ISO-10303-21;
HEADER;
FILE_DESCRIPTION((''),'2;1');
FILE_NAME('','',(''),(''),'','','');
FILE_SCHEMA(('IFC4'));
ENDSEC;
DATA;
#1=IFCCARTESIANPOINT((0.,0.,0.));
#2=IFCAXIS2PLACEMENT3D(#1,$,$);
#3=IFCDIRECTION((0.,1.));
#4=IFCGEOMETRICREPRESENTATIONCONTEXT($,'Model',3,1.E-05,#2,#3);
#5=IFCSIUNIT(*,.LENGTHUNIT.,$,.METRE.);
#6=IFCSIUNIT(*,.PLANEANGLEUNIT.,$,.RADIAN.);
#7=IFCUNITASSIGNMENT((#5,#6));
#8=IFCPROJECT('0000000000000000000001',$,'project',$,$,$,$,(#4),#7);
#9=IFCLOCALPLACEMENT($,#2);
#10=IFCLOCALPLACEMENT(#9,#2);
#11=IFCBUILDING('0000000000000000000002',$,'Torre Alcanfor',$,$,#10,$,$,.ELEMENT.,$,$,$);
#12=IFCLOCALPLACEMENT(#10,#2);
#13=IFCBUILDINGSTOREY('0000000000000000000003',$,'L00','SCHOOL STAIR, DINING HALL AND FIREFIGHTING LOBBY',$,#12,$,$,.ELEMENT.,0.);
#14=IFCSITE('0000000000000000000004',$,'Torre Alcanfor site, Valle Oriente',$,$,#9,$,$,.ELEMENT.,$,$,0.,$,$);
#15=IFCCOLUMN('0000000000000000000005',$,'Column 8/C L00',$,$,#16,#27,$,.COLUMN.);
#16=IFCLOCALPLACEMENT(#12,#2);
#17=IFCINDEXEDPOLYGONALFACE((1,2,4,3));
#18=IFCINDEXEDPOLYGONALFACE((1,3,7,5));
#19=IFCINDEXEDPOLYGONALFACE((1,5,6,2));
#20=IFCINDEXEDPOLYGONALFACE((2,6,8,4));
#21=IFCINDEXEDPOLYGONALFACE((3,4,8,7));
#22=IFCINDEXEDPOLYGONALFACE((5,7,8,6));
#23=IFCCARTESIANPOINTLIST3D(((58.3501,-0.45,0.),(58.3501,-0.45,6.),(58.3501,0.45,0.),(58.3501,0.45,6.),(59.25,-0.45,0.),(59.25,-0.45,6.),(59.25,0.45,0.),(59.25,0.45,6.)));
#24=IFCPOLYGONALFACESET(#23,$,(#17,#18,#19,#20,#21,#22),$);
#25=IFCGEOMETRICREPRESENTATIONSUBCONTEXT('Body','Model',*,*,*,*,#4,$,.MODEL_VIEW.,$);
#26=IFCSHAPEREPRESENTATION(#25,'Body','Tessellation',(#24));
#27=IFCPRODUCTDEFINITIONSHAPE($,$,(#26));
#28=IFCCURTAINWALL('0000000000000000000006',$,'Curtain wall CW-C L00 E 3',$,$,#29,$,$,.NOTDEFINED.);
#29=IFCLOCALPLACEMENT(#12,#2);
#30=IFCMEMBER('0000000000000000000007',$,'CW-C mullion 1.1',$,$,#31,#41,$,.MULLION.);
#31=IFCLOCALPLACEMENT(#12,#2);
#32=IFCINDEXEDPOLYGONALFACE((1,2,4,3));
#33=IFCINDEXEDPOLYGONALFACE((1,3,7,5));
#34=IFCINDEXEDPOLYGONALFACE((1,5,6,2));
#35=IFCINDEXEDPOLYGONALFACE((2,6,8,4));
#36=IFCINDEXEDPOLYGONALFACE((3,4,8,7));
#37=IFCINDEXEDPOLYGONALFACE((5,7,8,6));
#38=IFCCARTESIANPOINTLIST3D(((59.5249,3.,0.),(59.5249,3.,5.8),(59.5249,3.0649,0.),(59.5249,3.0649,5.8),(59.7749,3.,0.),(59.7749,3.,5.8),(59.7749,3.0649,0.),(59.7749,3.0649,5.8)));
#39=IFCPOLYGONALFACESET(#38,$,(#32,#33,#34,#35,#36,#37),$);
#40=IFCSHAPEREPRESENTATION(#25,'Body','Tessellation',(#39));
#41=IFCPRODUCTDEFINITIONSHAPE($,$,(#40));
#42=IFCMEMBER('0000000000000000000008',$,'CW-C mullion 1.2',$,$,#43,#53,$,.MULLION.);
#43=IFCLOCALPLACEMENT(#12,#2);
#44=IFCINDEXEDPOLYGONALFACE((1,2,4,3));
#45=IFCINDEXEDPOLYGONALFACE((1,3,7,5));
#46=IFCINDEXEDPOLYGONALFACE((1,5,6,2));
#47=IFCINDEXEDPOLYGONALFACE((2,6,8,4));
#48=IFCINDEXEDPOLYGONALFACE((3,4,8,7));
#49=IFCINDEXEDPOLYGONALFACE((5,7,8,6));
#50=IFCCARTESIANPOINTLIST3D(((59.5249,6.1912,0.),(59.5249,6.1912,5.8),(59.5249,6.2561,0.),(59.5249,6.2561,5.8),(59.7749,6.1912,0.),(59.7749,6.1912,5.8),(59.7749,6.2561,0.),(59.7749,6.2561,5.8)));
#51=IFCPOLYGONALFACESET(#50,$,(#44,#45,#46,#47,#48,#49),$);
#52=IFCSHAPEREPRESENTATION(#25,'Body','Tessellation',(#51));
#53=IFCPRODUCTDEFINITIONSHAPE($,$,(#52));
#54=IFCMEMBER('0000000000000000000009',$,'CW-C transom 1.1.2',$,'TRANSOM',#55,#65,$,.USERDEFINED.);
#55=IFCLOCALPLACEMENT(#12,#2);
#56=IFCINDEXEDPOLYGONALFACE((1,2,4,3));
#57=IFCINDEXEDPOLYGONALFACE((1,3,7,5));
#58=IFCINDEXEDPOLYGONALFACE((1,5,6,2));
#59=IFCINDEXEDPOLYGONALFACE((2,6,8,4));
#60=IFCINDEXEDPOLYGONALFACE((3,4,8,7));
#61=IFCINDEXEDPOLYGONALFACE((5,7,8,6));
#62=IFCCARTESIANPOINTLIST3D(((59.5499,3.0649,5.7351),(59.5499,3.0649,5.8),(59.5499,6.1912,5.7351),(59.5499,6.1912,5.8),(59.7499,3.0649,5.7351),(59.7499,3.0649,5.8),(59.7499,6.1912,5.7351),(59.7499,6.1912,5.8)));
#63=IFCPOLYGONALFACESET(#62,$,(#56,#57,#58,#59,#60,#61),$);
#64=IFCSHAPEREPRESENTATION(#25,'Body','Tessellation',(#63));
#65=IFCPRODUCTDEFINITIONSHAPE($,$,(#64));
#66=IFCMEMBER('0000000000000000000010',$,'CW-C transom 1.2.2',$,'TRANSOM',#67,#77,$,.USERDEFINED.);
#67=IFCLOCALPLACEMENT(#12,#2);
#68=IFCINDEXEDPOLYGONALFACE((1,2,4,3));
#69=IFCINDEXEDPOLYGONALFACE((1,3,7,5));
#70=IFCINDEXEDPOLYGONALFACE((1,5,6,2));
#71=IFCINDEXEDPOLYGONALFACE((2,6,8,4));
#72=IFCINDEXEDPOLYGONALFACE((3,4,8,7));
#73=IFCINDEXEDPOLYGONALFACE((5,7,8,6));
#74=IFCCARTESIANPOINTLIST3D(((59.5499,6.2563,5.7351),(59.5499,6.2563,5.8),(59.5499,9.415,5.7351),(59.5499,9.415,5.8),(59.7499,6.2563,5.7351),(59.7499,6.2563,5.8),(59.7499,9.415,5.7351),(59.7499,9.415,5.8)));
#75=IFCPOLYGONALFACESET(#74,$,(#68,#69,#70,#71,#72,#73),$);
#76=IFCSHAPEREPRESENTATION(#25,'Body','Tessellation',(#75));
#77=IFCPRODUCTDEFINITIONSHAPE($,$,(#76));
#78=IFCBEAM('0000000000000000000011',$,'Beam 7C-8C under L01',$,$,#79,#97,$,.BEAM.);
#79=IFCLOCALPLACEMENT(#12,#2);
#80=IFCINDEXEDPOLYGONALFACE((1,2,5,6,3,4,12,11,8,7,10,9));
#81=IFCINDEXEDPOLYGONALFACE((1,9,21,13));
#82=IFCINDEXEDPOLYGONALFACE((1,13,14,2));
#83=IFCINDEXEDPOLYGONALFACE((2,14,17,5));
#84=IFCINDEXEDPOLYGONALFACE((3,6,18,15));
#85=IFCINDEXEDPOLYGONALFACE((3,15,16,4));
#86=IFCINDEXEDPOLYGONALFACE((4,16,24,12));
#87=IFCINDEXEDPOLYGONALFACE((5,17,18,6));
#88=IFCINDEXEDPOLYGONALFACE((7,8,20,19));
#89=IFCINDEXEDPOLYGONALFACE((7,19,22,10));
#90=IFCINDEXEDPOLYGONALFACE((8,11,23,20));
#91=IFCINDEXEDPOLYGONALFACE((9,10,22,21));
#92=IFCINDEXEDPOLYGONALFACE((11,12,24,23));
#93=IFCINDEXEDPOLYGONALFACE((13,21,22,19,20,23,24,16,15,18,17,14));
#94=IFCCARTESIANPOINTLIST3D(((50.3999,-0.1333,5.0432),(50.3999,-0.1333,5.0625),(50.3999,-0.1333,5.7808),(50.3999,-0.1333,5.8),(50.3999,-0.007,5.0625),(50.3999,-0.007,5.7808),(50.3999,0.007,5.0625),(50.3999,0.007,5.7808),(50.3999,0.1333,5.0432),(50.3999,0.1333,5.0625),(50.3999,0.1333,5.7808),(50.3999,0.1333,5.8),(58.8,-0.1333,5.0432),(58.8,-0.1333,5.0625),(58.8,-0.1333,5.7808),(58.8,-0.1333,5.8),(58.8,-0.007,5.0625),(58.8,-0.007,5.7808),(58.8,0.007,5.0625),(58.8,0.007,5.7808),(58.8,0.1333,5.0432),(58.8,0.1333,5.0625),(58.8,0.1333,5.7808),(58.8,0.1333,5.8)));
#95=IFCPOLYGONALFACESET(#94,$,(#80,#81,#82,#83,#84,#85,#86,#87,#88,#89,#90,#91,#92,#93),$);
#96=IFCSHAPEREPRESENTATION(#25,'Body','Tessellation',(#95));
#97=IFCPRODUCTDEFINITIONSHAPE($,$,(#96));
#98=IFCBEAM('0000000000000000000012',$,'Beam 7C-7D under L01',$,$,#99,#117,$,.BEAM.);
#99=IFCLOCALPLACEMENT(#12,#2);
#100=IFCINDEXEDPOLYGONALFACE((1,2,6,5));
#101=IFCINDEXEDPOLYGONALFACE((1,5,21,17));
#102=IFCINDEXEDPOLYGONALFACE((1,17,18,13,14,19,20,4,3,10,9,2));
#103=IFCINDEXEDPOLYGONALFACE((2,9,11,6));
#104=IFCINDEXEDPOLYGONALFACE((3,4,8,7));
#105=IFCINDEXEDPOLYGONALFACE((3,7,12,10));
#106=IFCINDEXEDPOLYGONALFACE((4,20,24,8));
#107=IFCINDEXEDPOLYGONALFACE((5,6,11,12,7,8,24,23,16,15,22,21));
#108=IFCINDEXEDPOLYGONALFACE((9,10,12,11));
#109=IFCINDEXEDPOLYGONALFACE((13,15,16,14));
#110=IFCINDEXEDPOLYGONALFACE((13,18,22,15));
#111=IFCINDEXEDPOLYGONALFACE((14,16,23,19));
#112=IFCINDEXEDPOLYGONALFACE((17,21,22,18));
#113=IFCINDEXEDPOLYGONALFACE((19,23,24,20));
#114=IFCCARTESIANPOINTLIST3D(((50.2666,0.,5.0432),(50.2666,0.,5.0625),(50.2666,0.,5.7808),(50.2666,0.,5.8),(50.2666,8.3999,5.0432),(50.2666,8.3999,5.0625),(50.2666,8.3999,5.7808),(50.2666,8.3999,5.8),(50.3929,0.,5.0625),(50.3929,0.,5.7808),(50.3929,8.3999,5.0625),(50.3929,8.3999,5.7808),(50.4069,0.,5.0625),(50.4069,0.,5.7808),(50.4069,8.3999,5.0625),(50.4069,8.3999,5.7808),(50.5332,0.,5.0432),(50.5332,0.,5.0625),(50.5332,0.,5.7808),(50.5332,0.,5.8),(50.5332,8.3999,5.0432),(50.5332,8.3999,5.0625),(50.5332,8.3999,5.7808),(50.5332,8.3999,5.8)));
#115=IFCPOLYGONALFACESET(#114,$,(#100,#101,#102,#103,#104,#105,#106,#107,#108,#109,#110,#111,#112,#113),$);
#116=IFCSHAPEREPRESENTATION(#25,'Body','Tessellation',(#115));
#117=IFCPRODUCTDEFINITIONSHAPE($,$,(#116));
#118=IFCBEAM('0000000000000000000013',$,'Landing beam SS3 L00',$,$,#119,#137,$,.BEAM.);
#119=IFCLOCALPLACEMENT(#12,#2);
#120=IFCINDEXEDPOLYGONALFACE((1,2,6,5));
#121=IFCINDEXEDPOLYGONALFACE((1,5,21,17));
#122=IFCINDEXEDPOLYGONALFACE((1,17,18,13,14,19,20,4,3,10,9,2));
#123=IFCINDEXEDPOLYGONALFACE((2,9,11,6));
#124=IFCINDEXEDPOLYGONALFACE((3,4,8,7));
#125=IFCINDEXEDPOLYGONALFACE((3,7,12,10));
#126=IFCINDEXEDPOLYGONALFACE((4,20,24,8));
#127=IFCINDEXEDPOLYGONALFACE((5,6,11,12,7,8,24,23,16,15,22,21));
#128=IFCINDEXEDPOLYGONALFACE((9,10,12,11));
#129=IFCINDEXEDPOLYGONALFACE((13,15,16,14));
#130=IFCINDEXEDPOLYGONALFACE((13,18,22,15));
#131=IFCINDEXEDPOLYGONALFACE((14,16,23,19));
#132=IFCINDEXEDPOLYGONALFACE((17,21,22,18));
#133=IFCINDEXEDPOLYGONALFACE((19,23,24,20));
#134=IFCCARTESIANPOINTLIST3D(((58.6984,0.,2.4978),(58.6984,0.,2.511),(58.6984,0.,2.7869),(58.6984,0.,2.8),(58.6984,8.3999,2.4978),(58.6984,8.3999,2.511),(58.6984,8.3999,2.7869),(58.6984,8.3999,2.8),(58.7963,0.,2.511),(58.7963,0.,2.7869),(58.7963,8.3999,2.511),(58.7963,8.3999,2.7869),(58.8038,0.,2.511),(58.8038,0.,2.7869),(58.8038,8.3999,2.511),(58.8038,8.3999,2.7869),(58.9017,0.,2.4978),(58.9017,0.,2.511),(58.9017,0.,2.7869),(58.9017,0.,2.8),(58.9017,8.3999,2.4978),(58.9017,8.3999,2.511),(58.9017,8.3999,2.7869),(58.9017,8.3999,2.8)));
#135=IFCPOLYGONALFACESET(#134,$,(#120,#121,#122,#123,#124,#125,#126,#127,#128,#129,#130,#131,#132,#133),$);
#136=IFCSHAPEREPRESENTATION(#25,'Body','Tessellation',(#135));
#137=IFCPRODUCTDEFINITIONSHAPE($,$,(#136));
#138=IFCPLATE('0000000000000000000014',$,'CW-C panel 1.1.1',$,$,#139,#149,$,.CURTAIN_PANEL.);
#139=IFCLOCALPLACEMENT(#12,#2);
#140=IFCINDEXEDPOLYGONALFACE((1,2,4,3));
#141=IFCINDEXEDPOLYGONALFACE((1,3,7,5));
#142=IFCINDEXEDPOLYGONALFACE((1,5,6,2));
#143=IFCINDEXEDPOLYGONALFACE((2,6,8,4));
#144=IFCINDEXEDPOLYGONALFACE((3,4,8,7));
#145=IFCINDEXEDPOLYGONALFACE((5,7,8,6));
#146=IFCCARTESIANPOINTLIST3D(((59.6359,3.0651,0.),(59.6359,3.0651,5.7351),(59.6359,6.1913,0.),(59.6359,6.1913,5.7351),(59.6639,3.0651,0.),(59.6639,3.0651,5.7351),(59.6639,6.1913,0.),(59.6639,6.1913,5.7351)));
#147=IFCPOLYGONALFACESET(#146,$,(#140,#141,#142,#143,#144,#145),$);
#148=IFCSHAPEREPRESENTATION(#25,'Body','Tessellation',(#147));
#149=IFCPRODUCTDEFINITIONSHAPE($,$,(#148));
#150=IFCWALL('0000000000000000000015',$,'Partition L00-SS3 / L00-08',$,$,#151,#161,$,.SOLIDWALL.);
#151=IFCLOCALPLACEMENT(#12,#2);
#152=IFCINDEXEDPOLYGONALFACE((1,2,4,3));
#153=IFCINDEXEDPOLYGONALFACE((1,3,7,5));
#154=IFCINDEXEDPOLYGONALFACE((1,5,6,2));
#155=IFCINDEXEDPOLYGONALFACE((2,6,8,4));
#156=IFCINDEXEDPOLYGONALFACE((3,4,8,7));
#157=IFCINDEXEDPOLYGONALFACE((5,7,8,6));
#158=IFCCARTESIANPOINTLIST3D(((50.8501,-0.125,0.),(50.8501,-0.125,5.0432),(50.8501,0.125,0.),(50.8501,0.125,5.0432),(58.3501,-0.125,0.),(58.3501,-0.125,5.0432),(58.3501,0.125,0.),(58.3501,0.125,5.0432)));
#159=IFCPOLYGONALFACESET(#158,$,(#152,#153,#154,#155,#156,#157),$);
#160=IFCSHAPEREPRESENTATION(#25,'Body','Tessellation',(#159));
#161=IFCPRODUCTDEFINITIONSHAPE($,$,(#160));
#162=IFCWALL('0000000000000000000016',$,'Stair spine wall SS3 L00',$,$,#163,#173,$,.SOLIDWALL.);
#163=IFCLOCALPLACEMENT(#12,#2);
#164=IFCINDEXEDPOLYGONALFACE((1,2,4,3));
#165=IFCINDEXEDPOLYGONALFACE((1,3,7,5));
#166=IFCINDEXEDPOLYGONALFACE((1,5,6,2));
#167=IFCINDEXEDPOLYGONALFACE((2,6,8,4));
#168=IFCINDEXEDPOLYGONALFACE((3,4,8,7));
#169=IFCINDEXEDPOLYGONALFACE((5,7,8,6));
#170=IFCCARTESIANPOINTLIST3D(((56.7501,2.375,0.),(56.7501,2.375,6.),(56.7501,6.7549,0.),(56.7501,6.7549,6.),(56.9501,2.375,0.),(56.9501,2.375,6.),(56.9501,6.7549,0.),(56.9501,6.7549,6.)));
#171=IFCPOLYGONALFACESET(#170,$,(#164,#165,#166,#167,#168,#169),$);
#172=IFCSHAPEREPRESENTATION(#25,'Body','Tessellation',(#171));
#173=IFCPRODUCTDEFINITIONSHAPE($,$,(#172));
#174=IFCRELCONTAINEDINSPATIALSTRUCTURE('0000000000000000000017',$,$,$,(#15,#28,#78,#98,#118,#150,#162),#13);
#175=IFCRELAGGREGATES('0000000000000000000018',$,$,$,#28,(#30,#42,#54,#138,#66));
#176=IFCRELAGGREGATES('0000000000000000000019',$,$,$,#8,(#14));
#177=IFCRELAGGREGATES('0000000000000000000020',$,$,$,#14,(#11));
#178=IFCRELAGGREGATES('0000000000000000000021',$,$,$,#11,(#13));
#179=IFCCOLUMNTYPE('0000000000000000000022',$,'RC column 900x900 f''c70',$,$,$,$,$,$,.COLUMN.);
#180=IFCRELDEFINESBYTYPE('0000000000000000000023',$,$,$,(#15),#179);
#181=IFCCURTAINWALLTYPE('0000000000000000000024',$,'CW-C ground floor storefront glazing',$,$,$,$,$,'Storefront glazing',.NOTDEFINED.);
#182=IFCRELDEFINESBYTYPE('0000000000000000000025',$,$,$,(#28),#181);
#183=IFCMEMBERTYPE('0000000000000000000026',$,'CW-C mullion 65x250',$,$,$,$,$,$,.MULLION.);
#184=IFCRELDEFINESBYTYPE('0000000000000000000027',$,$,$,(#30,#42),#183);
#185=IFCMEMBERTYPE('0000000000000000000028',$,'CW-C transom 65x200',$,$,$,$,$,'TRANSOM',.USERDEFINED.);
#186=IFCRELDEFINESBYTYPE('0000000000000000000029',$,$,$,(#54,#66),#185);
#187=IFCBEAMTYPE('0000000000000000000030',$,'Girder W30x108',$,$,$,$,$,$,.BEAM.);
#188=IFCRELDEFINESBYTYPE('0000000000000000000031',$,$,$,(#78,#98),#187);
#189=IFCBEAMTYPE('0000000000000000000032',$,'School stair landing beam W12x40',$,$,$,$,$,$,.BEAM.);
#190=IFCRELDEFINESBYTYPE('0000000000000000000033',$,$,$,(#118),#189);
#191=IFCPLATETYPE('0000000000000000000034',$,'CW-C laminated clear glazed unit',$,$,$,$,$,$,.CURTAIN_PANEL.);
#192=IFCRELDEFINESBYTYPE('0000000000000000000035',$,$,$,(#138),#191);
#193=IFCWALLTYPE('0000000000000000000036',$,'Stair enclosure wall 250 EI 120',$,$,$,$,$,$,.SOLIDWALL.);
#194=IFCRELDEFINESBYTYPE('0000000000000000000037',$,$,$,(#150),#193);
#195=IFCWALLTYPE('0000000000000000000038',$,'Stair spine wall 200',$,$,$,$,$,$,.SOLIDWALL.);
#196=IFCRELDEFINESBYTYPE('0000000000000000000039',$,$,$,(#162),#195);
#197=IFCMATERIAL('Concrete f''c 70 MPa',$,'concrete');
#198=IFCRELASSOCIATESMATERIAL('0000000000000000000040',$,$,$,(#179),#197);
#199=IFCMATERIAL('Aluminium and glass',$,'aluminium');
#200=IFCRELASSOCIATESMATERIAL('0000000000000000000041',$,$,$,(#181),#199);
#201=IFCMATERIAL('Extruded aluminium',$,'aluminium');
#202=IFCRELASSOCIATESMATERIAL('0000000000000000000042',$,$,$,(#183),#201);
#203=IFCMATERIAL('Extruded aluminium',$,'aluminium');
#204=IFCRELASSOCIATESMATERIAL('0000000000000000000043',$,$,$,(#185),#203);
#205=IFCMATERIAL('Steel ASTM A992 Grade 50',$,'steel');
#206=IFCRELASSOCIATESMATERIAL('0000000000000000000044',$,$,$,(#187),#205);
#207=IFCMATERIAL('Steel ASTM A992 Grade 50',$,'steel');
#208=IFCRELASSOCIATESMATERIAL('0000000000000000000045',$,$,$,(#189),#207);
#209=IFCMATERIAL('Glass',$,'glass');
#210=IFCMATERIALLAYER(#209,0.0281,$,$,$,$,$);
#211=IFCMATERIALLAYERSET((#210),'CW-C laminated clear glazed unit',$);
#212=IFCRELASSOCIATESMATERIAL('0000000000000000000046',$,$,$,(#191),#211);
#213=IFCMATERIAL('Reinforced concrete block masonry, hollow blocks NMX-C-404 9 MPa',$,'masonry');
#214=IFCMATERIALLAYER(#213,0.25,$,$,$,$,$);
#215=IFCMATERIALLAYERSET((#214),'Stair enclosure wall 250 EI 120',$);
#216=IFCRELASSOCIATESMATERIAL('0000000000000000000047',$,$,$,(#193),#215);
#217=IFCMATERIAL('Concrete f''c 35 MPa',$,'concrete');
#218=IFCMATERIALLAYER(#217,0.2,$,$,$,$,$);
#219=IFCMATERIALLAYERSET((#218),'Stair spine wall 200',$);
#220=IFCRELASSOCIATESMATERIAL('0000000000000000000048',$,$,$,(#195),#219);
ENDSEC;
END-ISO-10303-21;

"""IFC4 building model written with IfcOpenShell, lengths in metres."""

from ifc_helpers import new_model, si_unit, direction, frame, frame_2d, origin, origin_2d, place, context, subcontext, project, spatial, rectangle, i_section, extrude, material, layer, layer_set, material_profile, profile_set, type_object, element, aggregate, save


model = new_model("IFC4")

# Units and contexts
model_context = context("Model", 3, precision=1e-05, world=origin(), true_north=direction((0.0, 1.0)))
body_context = subcontext(model_context, "Body", "Model", "MODEL_VIEW")
ifc_project = project(units=[si_unit("LENGTHUNIT", "METRE"), si_unit("PLANEANGLEUNIT", "RADIAN")], contexts=[model_context])

# Site, building, storey
site_placement = place(None, origin())
site = spatial("IfcSite", under=ifc_project, at=site_placement, Name="Torre Alcanfor site, Valle Oriente", CompositionType="ELEMENT", RefElevation=0.0)
building_placement = place(site_placement, origin())
building = spatial("IfcBuilding", under=site, at=building_placement, Name="Torre Alcanfor", CompositionType="ELEMENT")
storey_placement = place(building_placement, origin())
storey = spatial("IfcBuildingStorey", under=building, at=storey_placement, Name="L00", Description="SCHOOL STAIR, DINING HALL AND FIREFIGHTING LOBBY", CompositionType="ELEMENT", Elevation=0.0)

# Column
ifc_material_1 = material(Name="Concrete f'c 70 MPa", Category="concrete")
ifc_material_profile_1 = material_profile(ifc_material_1, rectangle(XDim=0.8999, YDim=0.8999, at=origin_2d()), Name="900x900")
ifc_profile_set_1 = profile_set([ifc_material_profile_1], Name="Concrete f'c 70 MPa")
column_type = type_object("IfcColumnType", Name="RC column 900x900 f'c70", PredefinedType="COLUMN", material=ifc_profile_set_1)
column_placement = place(storey_placement, frame((58.8, 0.0, 0.0), z_axis=(0.0, 0.0, 1.0), x_axis=(1.0, 0.0, 0.0)))
element("IfcColumn", 1, at=column_placement, inside=storey, type_object=column_type, Name="Column 8/C L00", PredefinedType="COLUMN", context=body_context, shape_type="SweptSolid", body=[
    extrude(rectangle(XDim=0.8999, YDim=0.8999, at=origin_2d()), origin(), (0.0, 0.0, 1.0), 6.0),
])

# Curtain wall, members
ifc_material_2 = material(Name="Aluminium and glass", Category="aluminium")
curtain_wall_type = type_object("IfcCurtainWallType", Name="CW-C ground floor storefront glazing", ElementType="Storefront glazing", PredefinedType="NOTDEFINED", material=ifc_material_2)
curtain_wall_placement = place(storey_placement, origin())
curtain_wall = element("IfcCurtainWall", 2, at=curtain_wall_placement, inside=storey, type_object=curtain_wall_type, Name="Curtain wall CW-C L00 E 3", PredefinedType="NOTDEFINED")
ifc_material_3 = material(Name="Extruded aluminium", Category="aluminium")
ifc_material_profile_2 = material_profile(ifc_material_3, rectangle(XDim=0.25, YDim=0.0649, at=origin_2d()), Name="CW-C mullion 65x250")
ifc_profile_set_2 = profile_set([ifc_material_profile_2], Name="Extruded aluminium")
member_type_1 = type_object("IfcMemberType", Name="CW-C mullion 65x250", PredefinedType="MULLION", material=ifc_profile_set_2)
member_1_placement = place(storey_placement, frame((59.6499, 3.0325, 0.0), z_axis=(0.0, 0.0, 1.0), x_axis=(-1.0, 0.0, 0.0)))
member_1 = element("IfcMember", 3, at=member_1_placement, type_object=member_type_1, Name="CW-C mullion 1.1", PredefinedType="MULLION", context=body_context, shape_type="SweptSolid", body=[
    extrude(rectangle(XDim=0.25, YDim=0.0649, at=origin_2d()), origin(), (0.0, 0.0, 1.0), 5.8),
])
member_2_placement = place(storey_placement, frame((59.6499, 6.2236, 0.0), z_axis=(0.0, 0.0, 1.0), x_axis=(-1.0, 0.0, 0.0)))
member_2 = element("IfcMember", 4, at=member_2_placement, type_object=member_type_1, Name="CW-C mullion 1.2", PredefinedType="MULLION", context=body_context, shape_type="SweptSolid", body=[
    extrude(rectangle(XDim=0.25, YDim=0.0649, at=origin_2d()), origin(), (0.0, 0.0, 1.0), 5.8),
])
ifc_material_4 = material(Name="Extruded aluminium", Category="aluminium")
ifc_material_profile_3 = material_profile(ifc_material_4, rectangle(XDim=0.2, YDim=0.0649, at=origin_2d()), Name="CW-C transom 200x65")
ifc_profile_set_3 = profile_set([ifc_material_profile_3], Name="Extruded aluminium")
member_type_2 = type_object("IfcMemberType", Name="CW-C transom 65x200", ElementType="TRANSOM", PredefinedType="USERDEFINED", material=ifc_profile_set_3)
member_3_placement = place(storey_placement, frame((59.6499, 3.0649, 5.7676), z_axis=(0.0, 1.0, 0.0), x_axis=(-1.0, 0.0, 0.0)))
member_3 = element("IfcMember", 5, at=member_3_placement, type_object=member_type_2, Name="CW-C transom 1.1.2", ObjectType="TRANSOM", PredefinedType="USERDEFINED", context=body_context, shape_type="SweptSolid", body=[
    extrude(rectangle(XDim=0.2, YDim=0.0649, at=origin_2d()), origin(), (0.0, 0.0, 1.0), 3.1262),
])
member_4_placement = place(storey_placement, frame((59.6499, 6.2563, 5.7676), z_axis=(0.0, 1.0, 0.0), x_axis=(-1.0, 0.0, 0.0)))
member_4 = element("IfcMember", 6, at=member_4_placement, type_object=member_type_2, Name="CW-C transom 1.2.2", ObjectType="TRANSOM", PredefinedType="USERDEFINED", context=body_context, shape_type="SweptSolid", body=[
    extrude(rectangle(XDim=0.2, YDim=0.0649, at=origin_2d()), origin(), (0.0, 0.0, 1.0), 3.1587),
])

# Beams
ifc_material_5 = material(Name="Steel ASTM A992 Grade 50", Category="steel")
ifc_material_profile_4 = material_profile(ifc_material_5, i_section(OverallWidth=0.2666, OverallDepth=0.7568, WebThickness=0.0139, FlangeThickness=0.0193, at=origin_2d()), Name="W30x108")
ifc_profile_set_4 = profile_set([ifc_material_profile_4], Name="Steel ASTM A992 Grade 50")
beam_type_1 = type_object("IfcBeamType", Name="Girder W30x108", PredefinedType="BEAM", material=ifc_profile_set_4)
beam_1_placement = place(storey_placement, frame((50.3999, 0.0, 5.4216), z_axis=(1.0, 0.0, 0.0), x_axis=(0.0, 1.0, 0.0)))
element("IfcBeam", 7, at=beam_1_placement, inside=storey, type_object=beam_type_1, Name="Beam 7C-8C under L01", PredefinedType="BEAM", context=body_context, shape_type="SweptSolid", body=[
    extrude(i_section(OverallWidth=0.2666, OverallDepth=0.7568, WebThickness=0.0139, FlangeThickness=0.0193, at=origin_2d()), origin(), (0.0, 0.0, 1.0), 8.4001),
])
beam_2_placement = place(storey_placement, frame((50.3999, 0.0, 5.4216), z_axis=(0.0, 1.0, 0.0), x_axis=(-1.0, 0.0, 0.0)))
element("IfcBeam", 8, at=beam_2_placement, inside=storey, type_object=beam_type_1, Name="Beam 7C-7D under L01", PredefinedType="BEAM", context=body_context, shape_type="SweptSolid", body=[
    extrude(i_section(OverallWidth=0.2666, OverallDepth=0.7568, WebThickness=0.0139, FlangeThickness=0.0193, at=origin_2d()), origin(), (0.0, 0.0, 1.0), 8.3999),
])
ifc_material_6 = material(Name="Steel ASTM A992 Grade 50", Category="steel")
ifc_material_profile_5 = material_profile(ifc_material_6, i_section(OverallWidth=0.2034, OverallDepth=0.3022, WebThickness=0.0076, FlangeThickness=0.0132, at=origin_2d()), Name="W12x40")
ifc_profile_set_5 = profile_set([ifc_material_profile_5], Name="Steel ASTM A992 Grade 50")
beam_type_2 = type_object("IfcBeamType", Name="School stair landing beam W12x40", PredefinedType="BEAM", material=ifc_profile_set_5)
beam_3_placement = place(storey_placement, frame((58.8, 0.0, 2.6489), z_axis=(0.0, 1.0, 0.0), x_axis=(-1.0, 0.0, 0.0)))
element("IfcBeam", 9, at=beam_3_placement, inside=storey, type_object=beam_type_2, Name="Landing beam SS3 L00", PredefinedType="BEAM", context=body_context, shape_type="SweptSolid", body=[
    extrude(i_section(OverallWidth=0.2034, OverallDepth=0.3022, WebThickness=0.0076, FlangeThickness=0.0132, at=origin_2d()), origin(), (0.0, 0.0, 1.0), 8.3999),
])

# Plate
ifc_material_7 = material(Name="Glass", Category="glass")
ifc_layer_1 = layer(ifc_material_7, 0.0281)
ifc_layer_set_1 = layer_set([ifc_layer_1], Name="CW-C laminated clear glazed unit")
plate_type = type_object("IfcPlateType", Name="CW-C laminated clear glazed unit", PredefinedType="CURTAIN_PANEL", material=ifc_layer_set_1)
plate_placement = place(storey_placement, frame((59.6499, 4.6282, 0.0), z_axis=(0.0, 0.0, 1.0), x_axis=(0.0, 1.0, 0.0)))
plate = element("IfcPlate", 10, at=plate_placement, type_object=plate_type, Name="CW-C panel 1.1.1", PredefinedType="CURTAIN_PANEL", context=body_context, shape_type="SweptSolid", body=[
    extrude(rectangle(XDim=3.1262, YDim=0.0281, at=origin_2d()), origin(), (0.0, 0.0, 1.0), 5.7351),
])
aggregate(curtain_wall, [member_1, member_2, member_3, plate, member_4])

# Walls
ifc_material_8 = material(Name="Reinforced concrete block masonry, hollow blocks NMX-C-404 9 MPa", Category="masonry")
ifc_layer_2 = layer(ifc_material_8, 0.25)
ifc_layer_set_2 = layer_set([ifc_layer_2], Name="Stair enclosure wall 250 EI 120")
wall_type_1 = type_object("IfcWallType", Name="Stair enclosure wall 250 EI 120", PredefinedType="SOLIDWALL", material=ifc_layer_set_2)
wall_1_placement = place(storey_placement, frame((58.3501, 0.0, 0.0), z_axis=(0.0, 0.0, 1.0), x_axis=(-1.0, 0.0, 0.0)))
element("IfcWall", 11, at=wall_1_placement, inside=storey, type_object=wall_type_1, Name="Partition L00-SS3 / L00-08", PredefinedType="SOLIDWALL", context=body_context, shape_type="SweptSolid", body=[
    extrude(rectangle(XDim=7.5, YDim=0.25, at=frame_2d((3.75, 0.0))), origin(), (0.0, 0.0, 1.0), 5.0432),
])
ifc_material_9 = material(Name="Concrete f'c 35 MPa", Category="concrete")
ifc_layer_3 = layer(ifc_material_9, 0.2)
ifc_layer_set_3 = layer_set([ifc_layer_3], Name="Stair spine wall 200")
wall_type_2 = type_object("IfcWallType", Name="Stair spine wall 200", PredefinedType="SOLIDWALL", material=ifc_layer_set_3)
wall_2_placement = place(storey_placement, frame((56.8501, 2.375, 0.0), z_axis=(0.0, 0.0, 1.0), x_axis=(0.0, 1.0, 0.0)))
element("IfcWall", 12, at=wall_2_placement, inside=storey, type_object=wall_type_2, Name="Stair spine wall SS3 L00", PredefinedType="SOLIDWALL", context=body_context, shape_type="SweptSolid", body=[
    extrude(rectangle(XDim=4.3799, YDim=0.2, at=frame_2d((2.1899, 0.0))), origin(), (0.0, 0.0, 1.0), 6.0),
])

save(model, "model.ifc")
